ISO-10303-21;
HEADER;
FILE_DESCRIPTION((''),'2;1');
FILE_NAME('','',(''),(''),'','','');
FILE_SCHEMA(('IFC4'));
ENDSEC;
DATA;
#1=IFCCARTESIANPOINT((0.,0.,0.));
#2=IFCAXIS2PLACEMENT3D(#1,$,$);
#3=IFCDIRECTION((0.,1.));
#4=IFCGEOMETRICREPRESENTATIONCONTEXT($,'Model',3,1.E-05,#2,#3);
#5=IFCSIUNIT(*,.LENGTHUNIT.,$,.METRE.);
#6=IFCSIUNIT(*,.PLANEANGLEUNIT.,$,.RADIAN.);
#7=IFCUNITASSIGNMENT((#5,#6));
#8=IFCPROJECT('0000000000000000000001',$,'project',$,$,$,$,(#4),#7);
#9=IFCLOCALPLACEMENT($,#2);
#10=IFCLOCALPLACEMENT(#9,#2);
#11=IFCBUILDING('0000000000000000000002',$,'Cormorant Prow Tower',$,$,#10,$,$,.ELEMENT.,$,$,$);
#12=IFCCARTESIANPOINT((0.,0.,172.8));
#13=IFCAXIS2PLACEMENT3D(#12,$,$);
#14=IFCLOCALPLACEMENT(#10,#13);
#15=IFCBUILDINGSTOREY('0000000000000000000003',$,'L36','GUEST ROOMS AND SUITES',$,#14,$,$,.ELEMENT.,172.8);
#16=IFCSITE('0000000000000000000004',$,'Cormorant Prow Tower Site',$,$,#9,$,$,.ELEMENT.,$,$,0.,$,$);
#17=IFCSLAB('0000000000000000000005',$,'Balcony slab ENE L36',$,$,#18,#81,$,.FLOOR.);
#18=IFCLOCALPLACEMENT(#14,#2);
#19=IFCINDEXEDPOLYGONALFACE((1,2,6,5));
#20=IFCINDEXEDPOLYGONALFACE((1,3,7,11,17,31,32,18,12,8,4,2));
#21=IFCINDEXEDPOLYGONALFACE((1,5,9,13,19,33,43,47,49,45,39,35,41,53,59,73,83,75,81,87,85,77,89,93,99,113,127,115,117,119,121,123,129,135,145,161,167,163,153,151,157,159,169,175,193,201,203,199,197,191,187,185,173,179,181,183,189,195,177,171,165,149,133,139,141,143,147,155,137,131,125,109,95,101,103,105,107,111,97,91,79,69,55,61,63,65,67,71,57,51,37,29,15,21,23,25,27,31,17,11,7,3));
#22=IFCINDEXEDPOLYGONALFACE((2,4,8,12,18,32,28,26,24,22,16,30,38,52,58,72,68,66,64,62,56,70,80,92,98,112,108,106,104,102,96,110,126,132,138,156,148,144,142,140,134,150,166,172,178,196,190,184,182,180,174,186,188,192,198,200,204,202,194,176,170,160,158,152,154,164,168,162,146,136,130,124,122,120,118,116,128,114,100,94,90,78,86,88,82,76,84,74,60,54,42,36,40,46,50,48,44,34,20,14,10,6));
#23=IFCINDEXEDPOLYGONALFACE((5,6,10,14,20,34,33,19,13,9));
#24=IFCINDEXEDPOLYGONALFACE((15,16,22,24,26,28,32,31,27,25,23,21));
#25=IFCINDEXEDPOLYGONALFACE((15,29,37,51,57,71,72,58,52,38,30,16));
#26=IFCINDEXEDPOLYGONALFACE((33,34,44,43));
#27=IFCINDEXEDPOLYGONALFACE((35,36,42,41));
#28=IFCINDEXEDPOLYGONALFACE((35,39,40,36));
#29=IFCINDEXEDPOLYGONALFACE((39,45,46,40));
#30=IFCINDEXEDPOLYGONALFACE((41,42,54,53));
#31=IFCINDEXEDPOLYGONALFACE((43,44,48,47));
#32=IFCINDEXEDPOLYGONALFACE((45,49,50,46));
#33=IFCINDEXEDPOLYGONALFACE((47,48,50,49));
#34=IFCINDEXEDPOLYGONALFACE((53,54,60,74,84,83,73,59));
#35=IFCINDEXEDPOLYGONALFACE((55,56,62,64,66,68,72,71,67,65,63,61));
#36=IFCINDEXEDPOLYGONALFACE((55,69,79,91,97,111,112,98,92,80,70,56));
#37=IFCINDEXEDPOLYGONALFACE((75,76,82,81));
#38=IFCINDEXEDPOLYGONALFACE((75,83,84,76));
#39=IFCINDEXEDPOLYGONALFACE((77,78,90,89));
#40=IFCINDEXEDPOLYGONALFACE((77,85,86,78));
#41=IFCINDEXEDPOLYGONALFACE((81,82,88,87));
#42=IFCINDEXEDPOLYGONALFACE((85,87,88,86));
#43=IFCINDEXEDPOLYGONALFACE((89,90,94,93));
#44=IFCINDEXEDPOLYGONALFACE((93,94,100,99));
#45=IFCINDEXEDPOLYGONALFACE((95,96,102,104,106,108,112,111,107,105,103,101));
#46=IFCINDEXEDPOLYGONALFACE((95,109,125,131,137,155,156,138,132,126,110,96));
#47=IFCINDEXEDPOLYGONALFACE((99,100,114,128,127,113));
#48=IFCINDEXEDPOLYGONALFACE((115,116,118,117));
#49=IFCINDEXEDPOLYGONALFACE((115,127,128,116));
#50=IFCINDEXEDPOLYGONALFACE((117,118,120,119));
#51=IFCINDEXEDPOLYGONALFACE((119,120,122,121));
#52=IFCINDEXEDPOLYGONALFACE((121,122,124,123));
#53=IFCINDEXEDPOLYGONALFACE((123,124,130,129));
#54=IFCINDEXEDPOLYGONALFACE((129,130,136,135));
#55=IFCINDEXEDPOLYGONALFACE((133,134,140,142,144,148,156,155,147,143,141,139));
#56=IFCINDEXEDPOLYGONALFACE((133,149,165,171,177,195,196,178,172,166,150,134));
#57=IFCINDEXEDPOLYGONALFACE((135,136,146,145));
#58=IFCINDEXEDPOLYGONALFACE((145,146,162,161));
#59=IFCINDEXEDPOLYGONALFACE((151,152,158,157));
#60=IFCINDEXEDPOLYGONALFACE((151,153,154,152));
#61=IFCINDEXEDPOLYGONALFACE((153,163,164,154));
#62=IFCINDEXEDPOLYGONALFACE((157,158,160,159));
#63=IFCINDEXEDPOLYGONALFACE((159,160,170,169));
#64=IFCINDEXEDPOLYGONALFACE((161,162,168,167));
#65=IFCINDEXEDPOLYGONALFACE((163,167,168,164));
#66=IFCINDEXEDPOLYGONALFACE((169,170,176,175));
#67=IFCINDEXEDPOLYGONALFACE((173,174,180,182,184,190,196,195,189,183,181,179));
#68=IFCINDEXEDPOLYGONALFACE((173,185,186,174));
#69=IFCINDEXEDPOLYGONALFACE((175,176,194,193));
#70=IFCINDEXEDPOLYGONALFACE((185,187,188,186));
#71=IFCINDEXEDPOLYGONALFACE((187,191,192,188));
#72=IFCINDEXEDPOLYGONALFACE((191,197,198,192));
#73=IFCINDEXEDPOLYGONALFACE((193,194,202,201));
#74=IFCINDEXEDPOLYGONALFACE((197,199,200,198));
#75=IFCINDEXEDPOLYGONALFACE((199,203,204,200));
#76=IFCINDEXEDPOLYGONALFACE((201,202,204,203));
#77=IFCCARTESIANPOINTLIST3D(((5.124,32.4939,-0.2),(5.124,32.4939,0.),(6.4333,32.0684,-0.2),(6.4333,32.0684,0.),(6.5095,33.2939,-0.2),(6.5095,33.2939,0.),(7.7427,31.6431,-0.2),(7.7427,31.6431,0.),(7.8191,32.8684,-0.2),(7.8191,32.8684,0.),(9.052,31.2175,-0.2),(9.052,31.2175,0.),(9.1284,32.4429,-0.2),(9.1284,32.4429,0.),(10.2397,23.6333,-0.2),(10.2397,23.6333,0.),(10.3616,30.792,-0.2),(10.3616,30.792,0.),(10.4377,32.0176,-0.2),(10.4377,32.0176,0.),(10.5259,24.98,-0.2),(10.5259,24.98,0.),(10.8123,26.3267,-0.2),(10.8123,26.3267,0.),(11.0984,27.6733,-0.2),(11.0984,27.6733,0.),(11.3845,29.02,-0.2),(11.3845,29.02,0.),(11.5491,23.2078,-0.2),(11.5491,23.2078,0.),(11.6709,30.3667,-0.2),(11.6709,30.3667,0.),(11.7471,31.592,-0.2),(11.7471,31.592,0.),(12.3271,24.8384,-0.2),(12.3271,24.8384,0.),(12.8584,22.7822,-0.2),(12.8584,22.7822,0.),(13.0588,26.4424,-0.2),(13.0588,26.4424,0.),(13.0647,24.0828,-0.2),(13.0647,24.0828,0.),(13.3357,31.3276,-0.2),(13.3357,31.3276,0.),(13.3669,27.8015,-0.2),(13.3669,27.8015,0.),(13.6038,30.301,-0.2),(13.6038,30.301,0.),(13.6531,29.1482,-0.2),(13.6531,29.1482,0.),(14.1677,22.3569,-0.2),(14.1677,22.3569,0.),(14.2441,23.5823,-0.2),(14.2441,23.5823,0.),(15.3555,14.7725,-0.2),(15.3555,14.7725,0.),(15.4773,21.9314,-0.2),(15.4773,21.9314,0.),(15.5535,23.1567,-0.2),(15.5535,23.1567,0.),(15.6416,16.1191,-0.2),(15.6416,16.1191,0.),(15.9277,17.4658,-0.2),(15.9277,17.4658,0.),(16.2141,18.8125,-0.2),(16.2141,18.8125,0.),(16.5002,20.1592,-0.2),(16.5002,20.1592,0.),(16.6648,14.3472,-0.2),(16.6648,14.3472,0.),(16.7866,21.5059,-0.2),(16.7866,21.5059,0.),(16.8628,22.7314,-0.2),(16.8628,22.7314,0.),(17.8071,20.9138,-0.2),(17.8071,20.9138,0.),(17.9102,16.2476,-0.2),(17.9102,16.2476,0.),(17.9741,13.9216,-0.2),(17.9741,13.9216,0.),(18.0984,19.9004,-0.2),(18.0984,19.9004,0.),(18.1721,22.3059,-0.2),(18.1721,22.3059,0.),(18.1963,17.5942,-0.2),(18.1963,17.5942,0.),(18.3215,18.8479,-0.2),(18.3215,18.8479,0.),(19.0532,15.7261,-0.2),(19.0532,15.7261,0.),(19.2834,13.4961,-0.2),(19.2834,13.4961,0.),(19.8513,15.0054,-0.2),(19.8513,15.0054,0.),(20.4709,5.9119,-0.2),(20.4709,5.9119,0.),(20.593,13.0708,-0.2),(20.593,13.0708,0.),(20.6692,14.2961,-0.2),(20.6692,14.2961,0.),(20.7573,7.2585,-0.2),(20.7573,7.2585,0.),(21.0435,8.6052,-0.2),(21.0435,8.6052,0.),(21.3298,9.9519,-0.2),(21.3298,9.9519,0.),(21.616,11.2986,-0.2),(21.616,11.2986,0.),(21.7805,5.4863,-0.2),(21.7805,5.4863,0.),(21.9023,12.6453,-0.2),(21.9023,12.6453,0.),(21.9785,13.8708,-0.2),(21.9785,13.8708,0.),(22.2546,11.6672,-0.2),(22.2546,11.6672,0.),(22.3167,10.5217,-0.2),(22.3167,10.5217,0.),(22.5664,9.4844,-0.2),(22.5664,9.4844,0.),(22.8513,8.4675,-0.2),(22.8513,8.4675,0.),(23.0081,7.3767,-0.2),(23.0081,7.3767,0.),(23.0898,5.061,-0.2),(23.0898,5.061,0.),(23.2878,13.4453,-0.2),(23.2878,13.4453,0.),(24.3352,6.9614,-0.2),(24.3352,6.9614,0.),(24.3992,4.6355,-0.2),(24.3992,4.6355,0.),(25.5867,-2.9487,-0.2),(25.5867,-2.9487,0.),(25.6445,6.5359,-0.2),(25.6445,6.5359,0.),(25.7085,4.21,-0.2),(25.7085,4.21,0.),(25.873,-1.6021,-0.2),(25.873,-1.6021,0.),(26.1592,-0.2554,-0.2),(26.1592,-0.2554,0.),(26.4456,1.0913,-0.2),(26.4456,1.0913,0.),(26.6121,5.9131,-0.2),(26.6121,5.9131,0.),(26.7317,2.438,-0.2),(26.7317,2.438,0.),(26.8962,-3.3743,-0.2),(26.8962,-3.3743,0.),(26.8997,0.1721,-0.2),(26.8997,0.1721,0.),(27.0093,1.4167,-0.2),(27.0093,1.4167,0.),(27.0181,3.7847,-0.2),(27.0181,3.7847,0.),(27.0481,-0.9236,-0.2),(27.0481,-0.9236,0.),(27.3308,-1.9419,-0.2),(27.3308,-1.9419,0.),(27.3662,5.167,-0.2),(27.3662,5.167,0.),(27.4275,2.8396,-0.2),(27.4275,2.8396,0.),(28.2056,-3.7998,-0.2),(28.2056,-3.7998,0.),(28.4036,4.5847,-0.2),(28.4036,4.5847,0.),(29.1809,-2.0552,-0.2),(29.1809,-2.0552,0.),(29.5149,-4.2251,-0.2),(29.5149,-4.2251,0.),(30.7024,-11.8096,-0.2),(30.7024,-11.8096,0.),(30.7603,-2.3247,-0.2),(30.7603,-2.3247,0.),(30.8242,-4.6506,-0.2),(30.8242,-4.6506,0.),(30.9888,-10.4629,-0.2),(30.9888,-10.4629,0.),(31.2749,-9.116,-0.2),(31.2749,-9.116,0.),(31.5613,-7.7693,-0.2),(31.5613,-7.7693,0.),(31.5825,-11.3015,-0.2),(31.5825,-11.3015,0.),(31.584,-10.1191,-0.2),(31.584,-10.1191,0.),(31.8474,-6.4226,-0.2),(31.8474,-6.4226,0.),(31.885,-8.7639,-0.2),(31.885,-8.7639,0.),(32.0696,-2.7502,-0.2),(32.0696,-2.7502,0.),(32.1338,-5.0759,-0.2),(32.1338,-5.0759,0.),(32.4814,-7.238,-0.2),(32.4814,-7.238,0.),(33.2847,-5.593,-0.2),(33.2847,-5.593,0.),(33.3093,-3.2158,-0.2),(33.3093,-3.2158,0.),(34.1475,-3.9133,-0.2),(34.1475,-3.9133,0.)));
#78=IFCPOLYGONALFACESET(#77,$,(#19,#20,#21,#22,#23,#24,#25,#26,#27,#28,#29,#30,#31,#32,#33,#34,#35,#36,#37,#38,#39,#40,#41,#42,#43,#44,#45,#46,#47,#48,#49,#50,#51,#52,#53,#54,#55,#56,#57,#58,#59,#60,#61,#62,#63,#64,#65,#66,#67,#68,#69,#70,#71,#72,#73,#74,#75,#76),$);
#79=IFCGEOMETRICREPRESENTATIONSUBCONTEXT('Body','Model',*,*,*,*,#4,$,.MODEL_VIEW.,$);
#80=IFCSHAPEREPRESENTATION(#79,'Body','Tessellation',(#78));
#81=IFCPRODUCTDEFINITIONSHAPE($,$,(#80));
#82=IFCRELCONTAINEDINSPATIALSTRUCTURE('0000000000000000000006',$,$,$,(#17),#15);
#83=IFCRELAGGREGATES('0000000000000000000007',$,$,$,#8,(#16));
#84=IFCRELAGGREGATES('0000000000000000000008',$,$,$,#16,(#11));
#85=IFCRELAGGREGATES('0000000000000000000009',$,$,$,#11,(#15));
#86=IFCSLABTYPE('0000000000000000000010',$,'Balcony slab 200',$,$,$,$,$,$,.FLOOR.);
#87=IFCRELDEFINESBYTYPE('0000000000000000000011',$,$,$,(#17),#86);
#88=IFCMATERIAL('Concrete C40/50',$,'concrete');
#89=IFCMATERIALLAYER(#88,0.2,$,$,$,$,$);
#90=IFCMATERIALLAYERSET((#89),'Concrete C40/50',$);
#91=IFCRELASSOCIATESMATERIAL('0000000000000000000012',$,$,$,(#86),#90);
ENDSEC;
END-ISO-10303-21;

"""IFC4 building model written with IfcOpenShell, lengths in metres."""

from ifc_helpers import new_model, si_unit, direction, frame, origin, place, context, subcontext, project, spatial, polyline, outline, extrude, material, layer, layer_set, type_object, element, save


model = new_model("IFC4")

# Units and contexts
model_context = context("Model", 3, precision=1e-05, world=origin(), true_north=direction((0.0, 1.0)))
body_context = subcontext(model_context, "Body", "Model", "MODEL_VIEW")
ifc_project = project(units=[si_unit("LENGTHUNIT", "METRE"), si_unit("PLANEANGLEUNIT", "RADIAN")], contexts=[model_context])

# Site, building, storey
site_placement = place(None, origin())
site = spatial("IfcSite", under=ifc_project, at=site_placement, Name="Cormorant Prow Tower Site", CompositionType="ELEMENT", RefElevation=0.0)
building_placement = place(site_placement, origin())
building = spatial("IfcBuilding", under=site, at=building_placement, Name="Cormorant Prow Tower", CompositionType="ELEMENT")
storey_placement = place(building_placement, frame((0.0, 0.0, 172.8)))
storey = spatial("IfcBuildingStorey", under=building, at=storey_placement, Name="L36", Description="GUEST ROOMS AND SUITES", CompositionType="ELEMENT", Elevation=172.8)

# Slab
ifc_material_1 = material(Name="Concrete C40/50", Category="concrete")
ifc_layer_1 = layer(ifc_material_1, 0.2)
ifc_layer_set_1 = layer_set([ifc_layer_1], Name="Concrete C40/50")
slab_type_1 = type_object("IfcSlabType", Name="Balcony slab 200", PredefinedType="FLOOR", material=ifc_layer_set_1)
slab_1_placement = place(storey_placement, frame((0.0, 0.0, -0.2)))
element("IfcSlab", 1, at=slab_1_placement, inside=storey, type_object=slab_type_1, Name="Balcony slab ENE L36", PredefinedType="FLOOR", context=body_context, shape_type="SweptSolid", body=[
    extrude(outline(polyline([(30.7024, -11.8096), (31.5825, -11.3015), (31.584, -10.1191), (31.885, -8.7639), (32.4814, -7.238), (33.2847, -5.593), (34.1475, -3.9133), (33.3093, -3.2158), (32.0696, -2.7502), (30.7603, -2.3247), (29.1809, -2.0552), (27.3308, -1.9419), (27.0481, -0.9236), (26.8997, 0.1721), (27.0093, 1.4167), (27.4275, 2.8396), (28.4036, 4.5847), (27.3662, 5.167), (26.6121, 5.9131), (25.6445, 6.5359), (24.3352, 6.9614), (23.0081, 7.3767), (22.8513, 8.4675), (22.5664, 9.4844), (22.3167, 10.5217), (22.2546, 11.6672), (23.2878, 13.4453), (21.9785, 13.8708), (20.6692, 14.2961), (19.8513, 15.0054), (19.0532, 15.7261), (17.9102, 16.2476), (18.1963, 17.5942), (18.3215, 18.8479), (18.0984, 19.9004), (17.8071, 20.9138), (18.1721, 22.3059), (16.8628, 22.7314), (15.5535, 23.1567), (14.2441, 23.5823), (13.0647, 24.0828), (12.3271, 24.8384), (13.0588, 26.4424), (13.3669, 27.8015), (13.6531, 29.1482), (13.6038, 30.301), (13.3357, 31.3276), (11.7471, 31.592), (10.4377, 32.0176), (9.1284, 32.4429), (7.8191, 32.8684), (6.5095, 33.2939), (5.124, 32.4939), (6.4333, 32.0684), (7.7427, 31.6431), (9.052, 31.2175), (10.3616, 30.792), (11.6709, 30.3667), (11.3845, 29.02), (11.0984, 27.6733), (10.8123, 26.3267), (10.5259, 24.98), (10.2397, 23.6333), (11.5491, 23.2078), (12.8584, 22.7822), (14.1677, 22.3569), (15.4773, 21.9314), (16.7866, 21.5059), (16.5002, 20.1592), (16.2141, 18.8125), (15.9277, 17.4658), (15.6416, 16.1191), (15.3555, 14.7725), (16.6648, 14.3472), (17.9741, 13.9216), (19.2834, 13.4961), (20.593, 13.0708), (21.9023, 12.6453), (21.616, 11.2986), (21.3298, 9.9519), (21.0435, 8.6052), (20.7573, 7.2585), (20.4709, 5.9119), (21.7805, 5.4863), (23.0898, 5.061), (24.3992, 4.6355), (25.7085, 4.21), (27.0181, 3.7847), (26.7317, 2.438), (26.4456, 1.0913), (26.1592, -0.2554), (25.873, -1.6021), (25.5867, -2.9487), (26.8962, -3.3743), (28.2056, -3.7998), (29.5149, -4.2251), (30.8242, -4.6506), (32.1338, -5.0759), (31.8474, -6.4226), (31.5613, -7.7693), (31.2749, -9.116), (30.9888, -10.4629), (30.7024, -11.8096)])), origin(), (0.0, 0.0, 1.0), 0.2),
])

save(model, "model.ifc")
